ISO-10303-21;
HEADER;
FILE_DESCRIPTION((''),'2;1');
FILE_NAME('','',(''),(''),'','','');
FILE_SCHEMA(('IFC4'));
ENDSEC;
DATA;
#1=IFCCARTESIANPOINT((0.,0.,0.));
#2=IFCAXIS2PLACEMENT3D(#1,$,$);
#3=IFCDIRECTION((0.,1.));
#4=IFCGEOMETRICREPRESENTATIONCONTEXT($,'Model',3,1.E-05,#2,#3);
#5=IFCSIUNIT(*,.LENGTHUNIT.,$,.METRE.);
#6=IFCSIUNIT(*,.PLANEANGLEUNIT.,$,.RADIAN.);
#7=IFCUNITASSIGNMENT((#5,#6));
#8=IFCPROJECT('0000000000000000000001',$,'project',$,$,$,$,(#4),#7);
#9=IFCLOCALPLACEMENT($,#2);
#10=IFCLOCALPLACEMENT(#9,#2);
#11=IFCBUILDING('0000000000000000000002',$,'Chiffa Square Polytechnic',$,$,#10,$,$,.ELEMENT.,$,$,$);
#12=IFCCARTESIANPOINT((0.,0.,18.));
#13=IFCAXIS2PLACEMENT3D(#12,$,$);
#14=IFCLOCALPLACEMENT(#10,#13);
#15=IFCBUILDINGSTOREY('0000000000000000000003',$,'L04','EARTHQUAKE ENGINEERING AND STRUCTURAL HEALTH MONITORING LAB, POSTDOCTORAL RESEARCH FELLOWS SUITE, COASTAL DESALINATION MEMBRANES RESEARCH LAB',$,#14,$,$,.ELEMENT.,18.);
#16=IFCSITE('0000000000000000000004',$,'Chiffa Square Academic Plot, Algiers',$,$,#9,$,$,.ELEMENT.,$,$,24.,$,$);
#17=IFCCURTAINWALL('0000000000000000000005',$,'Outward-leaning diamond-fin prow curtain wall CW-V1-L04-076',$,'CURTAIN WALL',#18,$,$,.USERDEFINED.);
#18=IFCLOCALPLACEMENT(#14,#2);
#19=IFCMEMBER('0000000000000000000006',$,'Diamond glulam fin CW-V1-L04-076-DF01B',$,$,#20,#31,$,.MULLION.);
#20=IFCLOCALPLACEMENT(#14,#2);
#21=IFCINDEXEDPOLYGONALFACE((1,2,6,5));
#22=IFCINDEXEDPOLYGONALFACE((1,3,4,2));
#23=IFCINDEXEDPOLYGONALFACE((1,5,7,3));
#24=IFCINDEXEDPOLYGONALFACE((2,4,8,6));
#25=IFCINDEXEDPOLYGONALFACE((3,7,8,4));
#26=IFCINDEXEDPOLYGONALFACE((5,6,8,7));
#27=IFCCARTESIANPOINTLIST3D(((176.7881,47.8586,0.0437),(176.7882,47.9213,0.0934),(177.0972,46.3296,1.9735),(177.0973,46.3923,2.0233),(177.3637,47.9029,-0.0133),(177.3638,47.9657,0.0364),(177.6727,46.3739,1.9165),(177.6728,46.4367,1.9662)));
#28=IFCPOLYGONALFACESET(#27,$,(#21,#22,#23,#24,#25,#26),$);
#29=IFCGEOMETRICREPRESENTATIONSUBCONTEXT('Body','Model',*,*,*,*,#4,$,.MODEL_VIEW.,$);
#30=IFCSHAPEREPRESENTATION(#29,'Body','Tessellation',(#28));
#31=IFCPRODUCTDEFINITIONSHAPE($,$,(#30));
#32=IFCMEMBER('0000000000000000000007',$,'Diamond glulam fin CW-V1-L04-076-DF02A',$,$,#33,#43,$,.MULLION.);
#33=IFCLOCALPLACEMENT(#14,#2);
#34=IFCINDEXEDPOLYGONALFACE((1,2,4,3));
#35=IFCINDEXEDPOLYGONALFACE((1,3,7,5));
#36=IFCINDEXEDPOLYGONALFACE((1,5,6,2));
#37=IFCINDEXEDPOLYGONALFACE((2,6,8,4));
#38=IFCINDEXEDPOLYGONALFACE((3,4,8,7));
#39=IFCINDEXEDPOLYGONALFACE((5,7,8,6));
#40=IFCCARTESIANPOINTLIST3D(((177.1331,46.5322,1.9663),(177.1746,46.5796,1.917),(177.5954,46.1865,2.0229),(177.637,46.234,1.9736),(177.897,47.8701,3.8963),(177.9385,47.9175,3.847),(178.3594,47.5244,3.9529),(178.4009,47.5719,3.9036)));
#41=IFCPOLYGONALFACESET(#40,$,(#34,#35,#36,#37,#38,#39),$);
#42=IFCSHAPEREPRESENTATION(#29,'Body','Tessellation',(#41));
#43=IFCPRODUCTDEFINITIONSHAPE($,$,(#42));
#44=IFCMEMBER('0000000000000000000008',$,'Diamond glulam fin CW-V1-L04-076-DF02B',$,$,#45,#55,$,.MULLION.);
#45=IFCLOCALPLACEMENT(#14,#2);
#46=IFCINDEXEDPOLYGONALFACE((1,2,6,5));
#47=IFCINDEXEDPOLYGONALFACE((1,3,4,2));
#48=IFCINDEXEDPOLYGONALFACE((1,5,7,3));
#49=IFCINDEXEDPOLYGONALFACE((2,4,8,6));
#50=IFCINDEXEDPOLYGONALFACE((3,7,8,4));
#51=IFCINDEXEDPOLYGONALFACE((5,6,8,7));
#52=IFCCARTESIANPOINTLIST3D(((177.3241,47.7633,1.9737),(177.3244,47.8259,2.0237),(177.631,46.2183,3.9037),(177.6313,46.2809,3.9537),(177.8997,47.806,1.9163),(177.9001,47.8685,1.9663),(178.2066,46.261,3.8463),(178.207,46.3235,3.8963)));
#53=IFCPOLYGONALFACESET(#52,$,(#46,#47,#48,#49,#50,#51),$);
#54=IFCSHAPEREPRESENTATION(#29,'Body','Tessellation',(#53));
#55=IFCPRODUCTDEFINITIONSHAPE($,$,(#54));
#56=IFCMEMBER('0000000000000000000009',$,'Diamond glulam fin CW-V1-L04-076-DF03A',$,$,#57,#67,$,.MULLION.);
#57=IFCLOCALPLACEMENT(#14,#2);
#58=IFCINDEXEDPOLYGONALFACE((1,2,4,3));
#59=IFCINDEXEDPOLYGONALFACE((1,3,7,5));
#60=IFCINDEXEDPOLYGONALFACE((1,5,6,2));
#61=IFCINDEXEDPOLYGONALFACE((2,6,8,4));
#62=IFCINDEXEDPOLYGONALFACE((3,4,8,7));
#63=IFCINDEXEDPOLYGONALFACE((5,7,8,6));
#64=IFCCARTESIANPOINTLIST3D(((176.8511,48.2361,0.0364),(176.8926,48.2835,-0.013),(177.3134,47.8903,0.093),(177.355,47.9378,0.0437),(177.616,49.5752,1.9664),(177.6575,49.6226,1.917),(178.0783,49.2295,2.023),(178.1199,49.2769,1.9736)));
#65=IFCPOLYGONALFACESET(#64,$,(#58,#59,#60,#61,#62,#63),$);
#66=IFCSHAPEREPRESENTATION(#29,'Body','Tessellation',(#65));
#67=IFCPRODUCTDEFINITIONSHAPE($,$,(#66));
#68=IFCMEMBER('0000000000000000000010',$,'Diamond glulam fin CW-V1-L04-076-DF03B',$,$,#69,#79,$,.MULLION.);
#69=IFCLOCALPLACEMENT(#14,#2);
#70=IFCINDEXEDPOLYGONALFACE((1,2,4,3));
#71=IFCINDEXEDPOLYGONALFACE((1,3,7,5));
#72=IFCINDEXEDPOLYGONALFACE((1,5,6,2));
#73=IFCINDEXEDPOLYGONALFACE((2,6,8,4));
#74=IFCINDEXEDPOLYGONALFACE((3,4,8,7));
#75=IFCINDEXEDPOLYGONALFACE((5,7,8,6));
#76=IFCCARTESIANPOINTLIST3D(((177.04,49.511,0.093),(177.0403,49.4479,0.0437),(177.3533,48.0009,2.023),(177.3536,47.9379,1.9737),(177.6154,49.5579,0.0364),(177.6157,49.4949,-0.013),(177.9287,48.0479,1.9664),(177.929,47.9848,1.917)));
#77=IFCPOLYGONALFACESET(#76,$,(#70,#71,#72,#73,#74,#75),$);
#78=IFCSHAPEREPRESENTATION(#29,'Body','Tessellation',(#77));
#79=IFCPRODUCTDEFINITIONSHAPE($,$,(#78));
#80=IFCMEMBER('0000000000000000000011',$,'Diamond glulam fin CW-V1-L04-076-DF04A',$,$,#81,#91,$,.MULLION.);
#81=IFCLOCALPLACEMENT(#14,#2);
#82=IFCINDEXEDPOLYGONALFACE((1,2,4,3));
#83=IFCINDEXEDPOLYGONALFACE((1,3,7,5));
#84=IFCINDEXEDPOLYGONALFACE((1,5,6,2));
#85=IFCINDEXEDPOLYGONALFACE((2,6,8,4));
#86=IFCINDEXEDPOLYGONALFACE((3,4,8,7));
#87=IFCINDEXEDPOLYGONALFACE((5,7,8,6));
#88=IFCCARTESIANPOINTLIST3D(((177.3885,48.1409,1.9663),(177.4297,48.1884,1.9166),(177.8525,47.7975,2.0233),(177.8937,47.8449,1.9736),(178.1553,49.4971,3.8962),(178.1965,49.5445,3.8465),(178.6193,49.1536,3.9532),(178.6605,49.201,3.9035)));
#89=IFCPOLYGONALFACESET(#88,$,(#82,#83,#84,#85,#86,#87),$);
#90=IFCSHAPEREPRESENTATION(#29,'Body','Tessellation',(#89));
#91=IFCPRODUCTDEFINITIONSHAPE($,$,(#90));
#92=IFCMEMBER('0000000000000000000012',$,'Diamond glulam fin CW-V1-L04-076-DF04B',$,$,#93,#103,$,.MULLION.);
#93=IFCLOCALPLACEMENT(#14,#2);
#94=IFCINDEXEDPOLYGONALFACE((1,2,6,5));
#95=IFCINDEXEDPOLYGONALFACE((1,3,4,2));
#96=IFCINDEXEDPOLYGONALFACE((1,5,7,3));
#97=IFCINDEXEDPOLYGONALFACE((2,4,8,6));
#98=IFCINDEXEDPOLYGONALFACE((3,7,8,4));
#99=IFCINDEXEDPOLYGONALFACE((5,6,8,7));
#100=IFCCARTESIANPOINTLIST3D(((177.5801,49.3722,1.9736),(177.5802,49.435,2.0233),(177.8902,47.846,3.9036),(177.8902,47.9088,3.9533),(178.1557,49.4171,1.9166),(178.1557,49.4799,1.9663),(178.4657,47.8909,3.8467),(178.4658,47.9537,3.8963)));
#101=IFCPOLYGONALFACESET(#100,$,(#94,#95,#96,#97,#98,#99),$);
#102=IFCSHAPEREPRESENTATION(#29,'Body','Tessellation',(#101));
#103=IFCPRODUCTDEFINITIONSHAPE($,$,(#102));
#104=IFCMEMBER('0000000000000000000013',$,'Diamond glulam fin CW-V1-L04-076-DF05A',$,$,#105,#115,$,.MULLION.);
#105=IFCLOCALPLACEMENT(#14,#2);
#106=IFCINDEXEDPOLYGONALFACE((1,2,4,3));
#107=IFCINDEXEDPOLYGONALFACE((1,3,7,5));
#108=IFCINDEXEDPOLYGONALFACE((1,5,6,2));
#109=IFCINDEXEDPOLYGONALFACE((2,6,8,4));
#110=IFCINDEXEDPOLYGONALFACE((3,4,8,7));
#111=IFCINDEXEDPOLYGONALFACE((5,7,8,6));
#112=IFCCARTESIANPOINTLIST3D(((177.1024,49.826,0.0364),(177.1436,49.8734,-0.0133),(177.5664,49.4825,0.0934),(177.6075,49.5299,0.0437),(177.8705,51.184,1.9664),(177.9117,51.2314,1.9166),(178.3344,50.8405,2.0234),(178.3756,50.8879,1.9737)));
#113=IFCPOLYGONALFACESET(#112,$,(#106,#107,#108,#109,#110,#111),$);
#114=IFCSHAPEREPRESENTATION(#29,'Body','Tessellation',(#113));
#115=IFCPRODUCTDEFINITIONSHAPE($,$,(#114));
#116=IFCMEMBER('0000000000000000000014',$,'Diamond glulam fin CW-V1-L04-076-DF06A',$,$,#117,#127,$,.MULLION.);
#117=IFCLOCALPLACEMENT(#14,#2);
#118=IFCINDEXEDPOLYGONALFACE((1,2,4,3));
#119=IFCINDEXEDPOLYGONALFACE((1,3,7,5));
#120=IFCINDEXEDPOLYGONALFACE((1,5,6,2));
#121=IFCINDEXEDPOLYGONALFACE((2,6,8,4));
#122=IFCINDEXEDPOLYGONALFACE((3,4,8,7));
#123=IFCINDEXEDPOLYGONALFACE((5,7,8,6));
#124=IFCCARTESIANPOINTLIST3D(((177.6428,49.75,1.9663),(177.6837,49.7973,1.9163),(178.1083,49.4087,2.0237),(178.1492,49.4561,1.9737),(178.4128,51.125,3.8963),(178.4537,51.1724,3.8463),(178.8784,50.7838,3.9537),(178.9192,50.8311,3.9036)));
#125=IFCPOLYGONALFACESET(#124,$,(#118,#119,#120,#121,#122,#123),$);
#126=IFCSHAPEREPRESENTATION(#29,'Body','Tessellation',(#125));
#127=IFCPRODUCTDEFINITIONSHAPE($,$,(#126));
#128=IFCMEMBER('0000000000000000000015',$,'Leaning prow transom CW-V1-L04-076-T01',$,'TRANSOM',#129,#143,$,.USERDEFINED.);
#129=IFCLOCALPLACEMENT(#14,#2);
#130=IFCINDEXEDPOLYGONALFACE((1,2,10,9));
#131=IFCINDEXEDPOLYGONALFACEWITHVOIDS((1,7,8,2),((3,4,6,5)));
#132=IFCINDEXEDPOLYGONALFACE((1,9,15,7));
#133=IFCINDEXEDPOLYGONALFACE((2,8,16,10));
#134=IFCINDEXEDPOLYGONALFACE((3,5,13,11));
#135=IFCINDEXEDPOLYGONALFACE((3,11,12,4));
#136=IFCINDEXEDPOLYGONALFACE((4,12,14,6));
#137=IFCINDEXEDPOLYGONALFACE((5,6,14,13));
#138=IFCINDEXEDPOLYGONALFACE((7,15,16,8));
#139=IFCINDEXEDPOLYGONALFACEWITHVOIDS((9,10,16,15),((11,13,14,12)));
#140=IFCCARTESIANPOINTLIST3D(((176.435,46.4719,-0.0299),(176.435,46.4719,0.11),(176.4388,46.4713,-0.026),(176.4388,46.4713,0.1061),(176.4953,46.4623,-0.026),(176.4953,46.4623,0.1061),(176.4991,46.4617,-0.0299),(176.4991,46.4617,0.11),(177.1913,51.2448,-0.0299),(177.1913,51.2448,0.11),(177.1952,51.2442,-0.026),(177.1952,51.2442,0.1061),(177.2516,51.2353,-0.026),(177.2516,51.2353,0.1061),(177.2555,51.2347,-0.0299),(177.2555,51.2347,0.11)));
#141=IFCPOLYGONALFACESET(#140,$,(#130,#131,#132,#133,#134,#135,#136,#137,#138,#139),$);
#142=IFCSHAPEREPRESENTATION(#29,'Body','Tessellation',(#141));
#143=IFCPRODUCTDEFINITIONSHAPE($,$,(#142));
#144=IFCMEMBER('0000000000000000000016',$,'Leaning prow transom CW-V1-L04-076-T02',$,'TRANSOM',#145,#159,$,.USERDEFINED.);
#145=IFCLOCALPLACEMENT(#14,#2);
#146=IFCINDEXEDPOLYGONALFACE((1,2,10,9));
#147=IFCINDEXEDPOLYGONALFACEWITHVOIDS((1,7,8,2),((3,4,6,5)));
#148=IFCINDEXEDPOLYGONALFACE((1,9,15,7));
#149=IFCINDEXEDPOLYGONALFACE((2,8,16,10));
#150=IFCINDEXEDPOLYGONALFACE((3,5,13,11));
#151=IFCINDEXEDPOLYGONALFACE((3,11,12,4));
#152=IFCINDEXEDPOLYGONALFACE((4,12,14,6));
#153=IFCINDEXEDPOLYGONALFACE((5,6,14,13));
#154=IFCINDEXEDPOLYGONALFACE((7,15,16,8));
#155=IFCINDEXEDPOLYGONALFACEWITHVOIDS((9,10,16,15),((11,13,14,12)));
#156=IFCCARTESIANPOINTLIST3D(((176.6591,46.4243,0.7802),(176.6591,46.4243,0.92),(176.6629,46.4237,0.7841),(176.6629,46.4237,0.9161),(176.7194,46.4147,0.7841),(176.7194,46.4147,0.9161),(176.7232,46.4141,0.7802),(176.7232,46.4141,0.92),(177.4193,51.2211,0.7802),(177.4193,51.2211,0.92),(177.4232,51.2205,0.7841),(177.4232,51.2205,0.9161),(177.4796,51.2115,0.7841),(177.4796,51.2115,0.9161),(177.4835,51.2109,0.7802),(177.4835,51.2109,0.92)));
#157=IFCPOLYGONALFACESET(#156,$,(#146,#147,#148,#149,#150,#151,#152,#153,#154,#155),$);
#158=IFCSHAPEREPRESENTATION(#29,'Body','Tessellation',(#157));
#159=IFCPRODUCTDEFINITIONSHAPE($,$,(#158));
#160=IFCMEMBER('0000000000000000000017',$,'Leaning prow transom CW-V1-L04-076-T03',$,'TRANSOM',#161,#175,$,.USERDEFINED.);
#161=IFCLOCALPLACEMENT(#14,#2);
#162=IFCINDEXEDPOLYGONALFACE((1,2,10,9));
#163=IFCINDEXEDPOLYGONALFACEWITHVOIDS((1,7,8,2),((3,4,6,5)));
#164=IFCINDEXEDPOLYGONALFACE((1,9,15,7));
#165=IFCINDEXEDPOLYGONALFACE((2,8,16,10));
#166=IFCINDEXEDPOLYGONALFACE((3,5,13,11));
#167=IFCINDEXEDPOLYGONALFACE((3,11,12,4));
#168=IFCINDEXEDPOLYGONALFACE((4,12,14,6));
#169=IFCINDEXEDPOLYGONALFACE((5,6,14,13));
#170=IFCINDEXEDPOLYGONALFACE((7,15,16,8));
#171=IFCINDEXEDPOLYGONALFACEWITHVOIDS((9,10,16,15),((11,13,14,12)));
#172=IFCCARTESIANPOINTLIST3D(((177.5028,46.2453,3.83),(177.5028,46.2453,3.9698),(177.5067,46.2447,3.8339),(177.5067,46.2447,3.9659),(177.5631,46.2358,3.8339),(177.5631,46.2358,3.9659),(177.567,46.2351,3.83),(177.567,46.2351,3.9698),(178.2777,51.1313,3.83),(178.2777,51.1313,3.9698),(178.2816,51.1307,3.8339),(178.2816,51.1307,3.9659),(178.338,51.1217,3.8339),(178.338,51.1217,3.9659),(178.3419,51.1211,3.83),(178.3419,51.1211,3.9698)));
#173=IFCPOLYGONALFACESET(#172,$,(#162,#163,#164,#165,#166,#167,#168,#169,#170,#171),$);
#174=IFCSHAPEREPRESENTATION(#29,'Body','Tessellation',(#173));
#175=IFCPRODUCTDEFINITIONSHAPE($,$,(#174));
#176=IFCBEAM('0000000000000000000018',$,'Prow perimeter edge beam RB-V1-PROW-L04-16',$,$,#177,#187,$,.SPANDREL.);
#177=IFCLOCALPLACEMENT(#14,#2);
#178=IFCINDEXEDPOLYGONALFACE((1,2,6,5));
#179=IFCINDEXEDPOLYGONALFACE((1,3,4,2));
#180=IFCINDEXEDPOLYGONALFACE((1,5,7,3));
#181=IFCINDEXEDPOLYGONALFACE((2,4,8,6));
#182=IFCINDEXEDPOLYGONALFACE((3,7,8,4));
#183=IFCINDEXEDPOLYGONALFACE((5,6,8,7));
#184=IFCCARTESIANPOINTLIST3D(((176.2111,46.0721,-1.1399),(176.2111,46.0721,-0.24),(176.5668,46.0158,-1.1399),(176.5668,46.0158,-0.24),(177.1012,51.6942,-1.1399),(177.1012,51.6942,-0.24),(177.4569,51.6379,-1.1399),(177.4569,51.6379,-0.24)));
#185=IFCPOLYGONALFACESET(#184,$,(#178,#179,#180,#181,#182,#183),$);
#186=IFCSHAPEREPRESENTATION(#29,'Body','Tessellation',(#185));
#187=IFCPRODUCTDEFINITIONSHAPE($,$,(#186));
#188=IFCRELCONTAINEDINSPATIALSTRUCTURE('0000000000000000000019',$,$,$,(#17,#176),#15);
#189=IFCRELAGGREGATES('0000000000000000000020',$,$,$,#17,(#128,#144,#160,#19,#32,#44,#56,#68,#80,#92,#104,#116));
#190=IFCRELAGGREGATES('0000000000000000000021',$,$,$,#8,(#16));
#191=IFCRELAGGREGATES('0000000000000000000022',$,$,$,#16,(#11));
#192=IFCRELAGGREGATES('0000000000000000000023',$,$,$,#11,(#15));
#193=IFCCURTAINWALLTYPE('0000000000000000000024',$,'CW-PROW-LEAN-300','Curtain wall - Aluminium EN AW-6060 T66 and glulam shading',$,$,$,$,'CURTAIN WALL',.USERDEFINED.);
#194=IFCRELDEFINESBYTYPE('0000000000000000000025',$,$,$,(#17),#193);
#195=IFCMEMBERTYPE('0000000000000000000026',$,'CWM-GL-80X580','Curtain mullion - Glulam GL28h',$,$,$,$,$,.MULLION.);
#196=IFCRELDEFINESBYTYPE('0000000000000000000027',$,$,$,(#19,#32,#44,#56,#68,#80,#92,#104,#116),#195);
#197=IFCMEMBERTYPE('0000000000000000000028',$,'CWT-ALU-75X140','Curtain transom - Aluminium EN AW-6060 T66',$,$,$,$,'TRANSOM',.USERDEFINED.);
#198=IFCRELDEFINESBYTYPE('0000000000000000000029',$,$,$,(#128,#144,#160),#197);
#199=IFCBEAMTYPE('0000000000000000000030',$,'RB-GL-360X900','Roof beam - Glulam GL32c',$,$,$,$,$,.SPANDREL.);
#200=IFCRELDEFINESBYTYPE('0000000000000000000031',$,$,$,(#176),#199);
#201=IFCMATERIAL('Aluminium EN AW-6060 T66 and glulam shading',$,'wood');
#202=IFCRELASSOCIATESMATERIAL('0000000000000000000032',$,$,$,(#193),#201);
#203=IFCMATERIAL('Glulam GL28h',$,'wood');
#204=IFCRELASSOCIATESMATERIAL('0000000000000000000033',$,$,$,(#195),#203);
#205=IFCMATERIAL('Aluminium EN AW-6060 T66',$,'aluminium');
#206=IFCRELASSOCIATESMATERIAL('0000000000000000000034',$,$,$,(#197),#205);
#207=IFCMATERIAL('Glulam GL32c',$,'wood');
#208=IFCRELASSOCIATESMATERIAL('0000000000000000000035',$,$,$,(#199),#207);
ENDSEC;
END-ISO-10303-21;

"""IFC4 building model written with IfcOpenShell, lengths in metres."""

from ifc_helpers import new_model, si_unit, direction, frame, origin, origin_2d, place, context, subcontext, project, spatial, rectangle, hollow_rectangle, extrude, material, material_profile, profile_set, type_object, element, aggregate, save


model = new_model("IFC4")

# Units and contexts
model_context = context("Model", 3, precision=1e-05, world=origin(), true_north=direction((0.0, 1.0)))
body_context = subcontext(model_context, "Body", "Model", "MODEL_VIEW")
ifc_project = project(units=[si_unit("LENGTHUNIT", "METRE"), si_unit("PLANEANGLEUNIT", "RADIAN")], contexts=[model_context])

# Site, building, storey
site_placement = place(None, origin())
site = spatial("IfcSite", under=ifc_project, at=site_placement, Name="Chiffa Square Academic Plot, Algiers", CompositionType="ELEMENT", RefElevation=24.0)
building_placement = place(site_placement, origin())
building = spatial("IfcBuilding", under=site, at=building_placement, Name="Chiffa Square Polytechnic", CompositionType="ELEMENT")
storey_placement = place(building_placement, frame((0.0, 0.0, 18.0)))
storey = spatial("IfcBuildingStorey", under=building, at=storey_placement, Name="L04", Description="EARTHQUAKE ENGINEERING AND STRUCTURAL HEALTH MONITORING LAB, POSTDOCTORAL RESEARCH FELLOWS SUITE, COASTAL DESALINATION MEMBRANES RESEARCH LAB", CompositionType="ELEMENT", Elevation=18.0)

# Shared definitions
ifc_material_1 = material(Name="Glulam GL32c", Category="wood")

# Curtain wall
ifc_material_2 = material(Name="Aluminium EN AW-6060 T66 and glulam shading", Category="wood")
ifc_material_3 = material(Name="Aluminium EN AW-6060 T66", Category="aluminium")
curtain_wall_type_1 = type_object("IfcCurtainWallType", Name="CW-PROW-LEAN-300", Description="Curtain wall - Aluminium EN AW-6060 T66 and glulam shading", ElementType="CURTAIN WALL", PredefinedType="USERDEFINED", material=ifc_material_2)
curtain_wall_1_placement = place(storey_placement, origin())
curtain_wall_1 = element("IfcCurtainWall", 1, at=curtain_wall_1_placement, inside=storey, type_object=curtain_wall_type_1, Name="Outward-leaning diamond-fin prow curtain wall CW-V1-L04-076", ObjectType="CURTAIN WALL", PredefinedType="USERDEFINED")

# Members
ifc_material_4 = material(Name="Glulam GL28h", Category="wood")
ifc_material_profile_1 = material_profile(ifc_material_4, rectangle(XDim=0.0801, YDim=0.5801, at=origin_2d()), Name="GL28h 80x580")
ifc_profile_set_1 = profile_set([ifc_material_profile_1], Name="Glulam GL28h")
member_type_1 = type_object("IfcMemberType", Name="CWM-GL-80X580", Description="Curtain mullion - Glulam GL28h", PredefinedType="MULLION", material=ifc_profile_set_1)
member_1_placement = place(storey_placement, frame((177.0759, 47.9121, 0.04), z_axis=(0.124551, -0.616164, 0.777707), x_axis=(0.001141, 0.783899, 0.620887)))
member_1 = element("IfcMember", 2, at=member_1_placement, type_object=member_type_1, Name="Diamond glulam fin CW-V1-L04-076-DF01B", PredefinedType="MULLION", context=body_context, shape_type="SweptSolid", body=[
    extrude(rectangle(XDim=0.0801, YDim=0.5801, at=origin_2d()), origin(), (0.0, 0.0, 1.0), 2.4814),
])
member_2_placement = place(storey_placement, frame((177.385, 46.3831, 1.97), z_axis=(0.309347, 0.541778, 0.781525), x_axis=(-0.518596, -0.592759, 0.616193)))
member_2 = element("IfcMember", 3, at=member_2_placement, type_object=member_type_1, Name="Diamond glulam fin CW-V1-L04-076-DF02A", PredefinedType="MULLION", context=body_context, shape_type="SweptSolid", body=[
    extrude(rectangle(XDim=0.0801, YDim=0.5801, at=origin_2d()), origin(), (0.0, 0.0, 1.0), 2.4695),
])
member_3_placement = place(storey_placement, frame((177.6121, 47.8159, 1.97), z_axis=(0.123192, -0.620176, 0.77473), x_axis=(0.004351, 0.781006, 0.624508)))
member_3 = element("IfcMember", 4, at=member_3_placement, type_object=member_type_1, Name="Diamond glulam fin CW-V1-L04-076-DF02B", PredefinedType="MULLION", context=body_context, shape_type="SweptSolid", body=[
    extrude(rectangle(XDim=0.0801, YDim=0.5801, at=origin_2d()), origin(), (0.0, 0.0, 1.0), 2.4912),
])
member_4_placement = place(storey_placement, frame((177.103, 48.0869, 0.04), z_axis=(0.309622, 0.542061, 0.78122), x_axis=(-0.51854, -0.592416, 0.61657)))
member_4 = element("IfcMember", 5, at=member_4_placement, type_object=member_type_1, Name="Diamond glulam fin CW-V1-L04-076-DF03A", PredefinedType="MULLION", context=body_context, shape_type="SweptSolid", body=[
    extrude(rectangle(XDim=0.0801, YDim=0.5801, at=origin_2d()), origin(), (0.0, 0.0, 1.0), 2.4705),
])
member_5_placement = place(storey_placement, frame((177.3279, 49.5029, 0.04), z_axis=(0.126794, -0.611241, 0.781222), x_axis=(-0.003549, 0.787294, 0.616568)))
member_5 = element("IfcMember", 6, at=member_5_placement, type_object=member_type_1, Name="Diamond glulam fin CW-V1-L04-076-DF03B", PredefinedType="MULLION", context=body_context, shape_type="SweptSolid", body=[
    extrude(rectangle(XDim=0.0801, YDim=0.5801, at=origin_2d()), origin(), (0.0, 0.0, 1.0), 2.4705),
])
member_6_placement = place(storey_placement, frame((177.6411, 47.9929, 1.97), z_axis=(0.309173, 0.546786, 0.778099), x_axis=(-0.51444, -0.591984, 0.620408)))
member_6 = element("IfcMember", 7, at=member_6_placement, type_object=member_type_1, Name="Diamond glulam fin CW-V1-L04-076-DF04A", PredefinedType="MULLION", context=body_context, shape_type="SweptSolid", body=[
    extrude(rectangle(XDim=0.0801, YDim=0.5801, at=origin_2d()), origin(), (0.0, 0.0, 1.0), 2.4802),
])
member_7_placement = place(storey_placement, frame((177.8679, 49.426, 1.97), z_axis=(0.125029, -0.615401, 0.778235), x_axis=(0.000264, 0.78441, 0.620242)))
member_7 = element("IfcMember", 8, at=member_7_placement, type_object=member_type_1, Name="Diamond glulam fin CW-V1-L04-076-DF04B", PredefinedType="MULLION", context=body_context, shape_type="SweptSolid", body=[
    extrude(rectangle(XDim=0.0801, YDim=0.5801, at=origin_2d()), origin(), (0.0, 0.0, 1.0), 2.48),
])
member_8_placement = place(storey_placement, frame((177.355, 49.678, 0.04), z_axis=(0.309501, 0.547185, 0.777687), x_axis=(-0.514324, -0.591557, 0.620911)))
member_8 = element("IfcMember", 9, at=member_8_placement, type_object=member_type_1, Name="Diamond glulam fin CW-V1-L04-076-DF05A", PredefinedType="MULLION", context=body_context, shape_type="SweptSolid", body=[
    extrude(rectangle(XDim=0.0801, YDim=0.5801, at=origin_2d()), origin(), (0.0, 0.0, 1.0), 2.4817),
])
member_9_placement = place(storey_placement, frame((177.896, 49.603, 1.97), z_axis=(0.309043, 0.551849, 0.774568), x_axis=(-0.510293, -0.591055, 0.624704)))
member_9 = element("IfcMember", 10, at=member_9_placement, type_object=member_type_1, Name="Diamond glulam fin CW-V1-L04-076-DF06A", PredefinedType="MULLION", context=body_context, shape_type="SweptSolid", body=[
    extrude(rectangle(XDim=0.0801, YDim=0.5801, at=origin_2d()), origin(), (0.0, 0.0, 1.0), 2.4917),
])
ifc_material_profile_2 = material_profile(ifc_material_3, hollow_rectangle(XDim=0.0649, YDim=0.1399, WallThickness=0.0039, at=origin_2d()), Name="ALU 65x140x4")
ifc_profile_set_2 = profile_set([ifc_material_profile_2], Name="Aluminium EN AW-6060 T66")
member_type_2 = type_object("IfcMemberType", Name="CWT-ALU-75X140", Description="Curtain transom - Aluminium EN AW-6060 T66", ElementType="TRANSOM", PredefinedType="USERDEFINED", material=ifc_profile_set_2)
member_10_placement = place(storey_placement, frame((176.467, 46.4668, 0.04), z_axis=(0.156513, 0.987676, 0.0), x_axis=(-0.987676, 0.156513, 0.0)))
member_10 = element("IfcMember", 11, at=member_10_placement, type_object=member_type_2, Name="Leaning prow transom CW-V1-L04-076-T01", ObjectType="TRANSOM", PredefinedType="USERDEFINED", context=body_context, shape_type="SweptSolid", body=[
    extrude(hollow_rectangle(XDim=0.0649, YDim=0.1399, WallThickness=0.0039, at=origin_2d()), origin(), (0.0, 0.0, 1.0), 4.8325),
])
member_11_placement = place(storey_placement, frame((176.6912, 46.4192, 0.8501), z_axis=(0.156536, 0.987672, 0.0), x_axis=(-0.987672, 0.156536, 0.0)))
member_11 = element("IfcMember", 12, at=member_11_placement, type_object=member_type_2, Name="Leaning prow transom CW-V1-L04-076-T02", ObjectType="TRANSOM", PredefinedType="USERDEFINED", context=body_context, shape_type="SweptSolid", body=[
    extrude(hollow_rectangle(XDim=0.0649, YDim=0.1399, WallThickness=0.0039, at=origin_2d()), origin(), (0.0, 0.0, 1.0), 4.8567),
])
member_12_placement = place(storey_placement, frame((177.5349, 46.2402, 3.8999), z_axis=(0.156639, 0.987656, 0.0), x_axis=(-0.987656, 0.156639, 0.0)))
member_12 = element("IfcMember", 13, at=member_12_placement, type_object=member_type_2, Name="Leaning prow transom CW-V1-L04-076-T03", ObjectType="TRANSOM", PredefinedType="USERDEFINED", context=body_context, shape_type="SweptSolid", body=[
    extrude(hollow_rectangle(XDim=0.0649, YDim=0.1399, WallThickness=0.0039, at=origin_2d()), origin(), (0.0, 0.0, 1.0), 4.947),
])

# Beam
ifc_material_profile_3 = material_profile(ifc_material_1, rectangle(XDim=0.3601, YDim=0.8999, at=origin_2d()), Name="GL32c 360x900")
ifc_profile_set_3 = profile_set([ifc_material_profile_3], Name="Glulam GL32c")
beam_type = type_object("IfcBeamType", Name="RB-GL-360X900", Description="Roof beam - Glulam GL32c", PredefinedType="SPANDREL", material=ifc_profile_set_3)
beam_placement = place(storey_placement, frame((176.3889, 46.0439, -0.6899), z_axis=(0.156381, 0.987697, 0.0), x_axis=(-0.987697, 0.156381, 0.0)))
element("IfcBeam", 14, at=beam_placement, inside=storey, type_object=beam_type, Name="Prow perimeter edge beam RB-V1-PROW-L04-16", PredefinedType="SPANDREL", context=body_context, shape_type="SweptSolid", body=[
    extrude(rectangle(XDim=0.3601, YDim=0.8999, at=origin_2d()), origin(), (0.0, 0.0, 1.0), 5.6921),
])

aggregate(curtain_wall_1, [member_10, member_11, member_12, member_1, member_2, member_3, member_4, member_5, member_6, member_7, member_8, member_9])

save(model, "model.ifc")
